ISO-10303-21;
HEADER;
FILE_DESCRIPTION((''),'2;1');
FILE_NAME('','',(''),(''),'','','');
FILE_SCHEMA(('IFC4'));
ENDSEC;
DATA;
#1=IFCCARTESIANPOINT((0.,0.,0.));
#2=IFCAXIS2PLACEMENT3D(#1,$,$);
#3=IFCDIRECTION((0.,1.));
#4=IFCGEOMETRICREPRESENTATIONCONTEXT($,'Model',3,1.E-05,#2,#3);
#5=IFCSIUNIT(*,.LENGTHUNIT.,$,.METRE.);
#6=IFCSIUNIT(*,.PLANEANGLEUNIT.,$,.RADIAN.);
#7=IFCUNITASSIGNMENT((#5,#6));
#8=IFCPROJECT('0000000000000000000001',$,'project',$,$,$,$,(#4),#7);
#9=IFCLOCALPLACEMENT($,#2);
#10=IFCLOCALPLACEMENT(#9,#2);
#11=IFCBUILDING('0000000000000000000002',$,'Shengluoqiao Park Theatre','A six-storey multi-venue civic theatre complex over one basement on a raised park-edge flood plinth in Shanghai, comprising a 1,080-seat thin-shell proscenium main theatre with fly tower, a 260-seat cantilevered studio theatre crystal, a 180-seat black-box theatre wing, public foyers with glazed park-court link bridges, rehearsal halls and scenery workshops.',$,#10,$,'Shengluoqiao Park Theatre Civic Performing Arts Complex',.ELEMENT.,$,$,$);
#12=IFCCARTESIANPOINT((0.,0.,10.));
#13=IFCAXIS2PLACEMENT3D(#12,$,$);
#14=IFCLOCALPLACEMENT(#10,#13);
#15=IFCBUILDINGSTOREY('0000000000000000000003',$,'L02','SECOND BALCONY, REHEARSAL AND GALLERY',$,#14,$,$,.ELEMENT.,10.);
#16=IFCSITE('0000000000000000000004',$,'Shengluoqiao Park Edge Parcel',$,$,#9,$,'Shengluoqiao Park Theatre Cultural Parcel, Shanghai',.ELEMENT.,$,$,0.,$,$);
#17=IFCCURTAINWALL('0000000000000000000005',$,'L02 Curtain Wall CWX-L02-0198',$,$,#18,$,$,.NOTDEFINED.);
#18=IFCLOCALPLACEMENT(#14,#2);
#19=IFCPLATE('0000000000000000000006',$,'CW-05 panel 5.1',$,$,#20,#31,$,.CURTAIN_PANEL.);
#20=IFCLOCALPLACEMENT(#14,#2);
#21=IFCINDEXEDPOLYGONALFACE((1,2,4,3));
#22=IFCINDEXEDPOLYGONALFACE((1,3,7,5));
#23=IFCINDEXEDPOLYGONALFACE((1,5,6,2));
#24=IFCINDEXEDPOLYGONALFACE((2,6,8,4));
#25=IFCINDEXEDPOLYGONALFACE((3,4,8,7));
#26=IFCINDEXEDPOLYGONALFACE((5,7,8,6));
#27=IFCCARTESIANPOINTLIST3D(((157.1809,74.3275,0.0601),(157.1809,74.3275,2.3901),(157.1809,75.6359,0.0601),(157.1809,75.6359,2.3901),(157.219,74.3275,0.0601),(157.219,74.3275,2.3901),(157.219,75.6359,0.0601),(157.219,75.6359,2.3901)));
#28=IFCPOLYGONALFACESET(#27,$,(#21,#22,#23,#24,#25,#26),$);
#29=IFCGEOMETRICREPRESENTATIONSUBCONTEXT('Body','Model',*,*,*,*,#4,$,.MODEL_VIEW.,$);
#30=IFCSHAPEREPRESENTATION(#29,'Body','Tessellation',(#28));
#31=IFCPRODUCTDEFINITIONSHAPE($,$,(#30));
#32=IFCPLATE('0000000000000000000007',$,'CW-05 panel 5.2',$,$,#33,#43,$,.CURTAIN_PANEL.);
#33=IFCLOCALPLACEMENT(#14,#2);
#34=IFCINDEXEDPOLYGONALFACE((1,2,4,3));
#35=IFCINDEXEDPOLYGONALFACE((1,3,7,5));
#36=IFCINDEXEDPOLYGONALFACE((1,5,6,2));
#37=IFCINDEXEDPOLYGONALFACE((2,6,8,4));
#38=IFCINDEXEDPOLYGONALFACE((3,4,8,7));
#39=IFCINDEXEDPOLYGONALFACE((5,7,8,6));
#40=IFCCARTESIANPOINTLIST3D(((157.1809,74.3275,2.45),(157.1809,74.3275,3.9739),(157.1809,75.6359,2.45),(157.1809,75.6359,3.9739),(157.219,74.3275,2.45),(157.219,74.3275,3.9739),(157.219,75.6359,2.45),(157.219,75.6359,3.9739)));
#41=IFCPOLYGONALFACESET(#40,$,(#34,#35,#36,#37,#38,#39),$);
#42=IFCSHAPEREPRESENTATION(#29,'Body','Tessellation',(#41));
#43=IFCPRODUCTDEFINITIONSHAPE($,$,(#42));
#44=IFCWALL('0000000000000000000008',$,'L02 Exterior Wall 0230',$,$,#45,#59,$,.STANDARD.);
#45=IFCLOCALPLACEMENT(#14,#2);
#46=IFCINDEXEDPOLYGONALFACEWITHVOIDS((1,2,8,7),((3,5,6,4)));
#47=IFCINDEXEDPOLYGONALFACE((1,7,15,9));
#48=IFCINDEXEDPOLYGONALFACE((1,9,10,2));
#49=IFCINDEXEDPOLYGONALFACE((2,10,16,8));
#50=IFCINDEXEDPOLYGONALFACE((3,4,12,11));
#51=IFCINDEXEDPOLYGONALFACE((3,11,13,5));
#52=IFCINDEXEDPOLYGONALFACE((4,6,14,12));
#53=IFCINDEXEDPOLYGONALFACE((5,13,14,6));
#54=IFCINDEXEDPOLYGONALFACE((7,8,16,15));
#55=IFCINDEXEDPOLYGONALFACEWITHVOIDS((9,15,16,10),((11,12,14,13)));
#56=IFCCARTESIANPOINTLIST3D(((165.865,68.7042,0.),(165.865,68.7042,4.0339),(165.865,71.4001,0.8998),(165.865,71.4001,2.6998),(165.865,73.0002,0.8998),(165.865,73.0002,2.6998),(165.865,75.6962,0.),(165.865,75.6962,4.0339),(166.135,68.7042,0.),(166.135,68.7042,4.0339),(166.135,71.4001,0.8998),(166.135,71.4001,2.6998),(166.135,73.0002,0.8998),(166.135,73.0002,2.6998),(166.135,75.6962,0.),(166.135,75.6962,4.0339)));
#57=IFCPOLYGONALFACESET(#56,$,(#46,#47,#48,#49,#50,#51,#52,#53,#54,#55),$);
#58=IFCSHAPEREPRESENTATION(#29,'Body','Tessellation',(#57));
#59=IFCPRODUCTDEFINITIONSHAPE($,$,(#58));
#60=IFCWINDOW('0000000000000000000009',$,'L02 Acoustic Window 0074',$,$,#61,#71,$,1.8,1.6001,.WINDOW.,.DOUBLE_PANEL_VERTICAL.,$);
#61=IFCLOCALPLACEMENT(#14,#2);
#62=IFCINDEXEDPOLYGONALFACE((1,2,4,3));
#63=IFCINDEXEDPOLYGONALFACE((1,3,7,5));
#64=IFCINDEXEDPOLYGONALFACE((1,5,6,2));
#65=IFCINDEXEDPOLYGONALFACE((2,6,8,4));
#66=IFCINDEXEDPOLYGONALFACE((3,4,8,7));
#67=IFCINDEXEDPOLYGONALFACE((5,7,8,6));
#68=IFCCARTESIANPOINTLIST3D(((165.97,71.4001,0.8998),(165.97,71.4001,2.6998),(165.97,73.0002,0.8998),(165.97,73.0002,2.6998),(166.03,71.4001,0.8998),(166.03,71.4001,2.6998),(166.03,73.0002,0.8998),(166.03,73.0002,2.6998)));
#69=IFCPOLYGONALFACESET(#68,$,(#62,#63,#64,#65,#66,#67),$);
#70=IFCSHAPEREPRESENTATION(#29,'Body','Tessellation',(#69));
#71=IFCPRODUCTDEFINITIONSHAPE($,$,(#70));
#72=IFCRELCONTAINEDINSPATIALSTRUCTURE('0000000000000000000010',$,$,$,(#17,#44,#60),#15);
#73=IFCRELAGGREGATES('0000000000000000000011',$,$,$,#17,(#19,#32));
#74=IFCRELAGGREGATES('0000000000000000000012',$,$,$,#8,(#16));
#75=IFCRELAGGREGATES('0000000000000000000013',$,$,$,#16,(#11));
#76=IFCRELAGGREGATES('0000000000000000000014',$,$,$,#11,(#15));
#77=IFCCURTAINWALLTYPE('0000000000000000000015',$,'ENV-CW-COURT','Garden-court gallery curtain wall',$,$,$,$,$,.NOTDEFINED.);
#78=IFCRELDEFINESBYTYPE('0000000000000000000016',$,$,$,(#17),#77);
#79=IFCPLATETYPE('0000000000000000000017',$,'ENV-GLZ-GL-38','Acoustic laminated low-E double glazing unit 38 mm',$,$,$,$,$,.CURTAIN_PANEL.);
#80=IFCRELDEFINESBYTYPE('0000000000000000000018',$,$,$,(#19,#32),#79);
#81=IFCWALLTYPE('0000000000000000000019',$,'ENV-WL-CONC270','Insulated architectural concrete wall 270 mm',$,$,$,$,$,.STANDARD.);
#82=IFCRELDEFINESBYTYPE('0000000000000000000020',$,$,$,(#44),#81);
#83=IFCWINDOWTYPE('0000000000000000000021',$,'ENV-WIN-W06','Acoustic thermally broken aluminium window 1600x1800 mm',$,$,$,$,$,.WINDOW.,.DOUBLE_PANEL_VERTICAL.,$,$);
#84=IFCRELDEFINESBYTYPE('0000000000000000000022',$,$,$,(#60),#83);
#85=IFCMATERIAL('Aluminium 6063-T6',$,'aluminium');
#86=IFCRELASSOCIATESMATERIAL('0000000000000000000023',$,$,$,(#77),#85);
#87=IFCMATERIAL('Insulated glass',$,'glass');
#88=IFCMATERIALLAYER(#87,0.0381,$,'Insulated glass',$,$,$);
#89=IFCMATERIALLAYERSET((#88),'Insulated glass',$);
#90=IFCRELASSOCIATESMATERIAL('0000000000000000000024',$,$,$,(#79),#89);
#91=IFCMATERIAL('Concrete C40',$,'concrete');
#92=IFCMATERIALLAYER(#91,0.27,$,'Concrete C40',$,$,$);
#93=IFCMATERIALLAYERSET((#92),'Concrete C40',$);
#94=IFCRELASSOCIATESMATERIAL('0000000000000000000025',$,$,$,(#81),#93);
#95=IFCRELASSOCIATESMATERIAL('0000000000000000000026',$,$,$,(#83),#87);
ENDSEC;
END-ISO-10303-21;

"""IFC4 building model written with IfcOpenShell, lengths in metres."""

from ifc_helpers import new_model, si_unit, direction, frame, frame_2d, origin, origin_2d, place, context, subcontext, project, spatial, rectangle, extrude, material, layer, layer_set, type_object, element, fill, aggregate, save


model = new_model("IFC4")

# Units and contexts
model_context = context("Model", 3, precision=1e-05, world=origin(), true_north=direction((0.0, 1.0)))
body_context = subcontext(model_context, "Body", "Model", "MODEL_VIEW")
ifc_project = project(units=[si_unit("LENGTHUNIT", "METRE"), si_unit("PLANEANGLEUNIT", "RADIAN")], contexts=[model_context])

# Site, building, storey
site_placement = place(None, origin())
site = spatial("IfcSite", under=ifc_project, at=site_placement, Name="Shengluoqiao Park Edge Parcel", LongName="Shengluoqiao Park Theatre Cultural Parcel, Shanghai", CompositionType="ELEMENT", RefElevation=0.0)
building_placement = place(site_placement, origin())
building = spatial("IfcBuilding", under=site, at=building_placement, Name="Shengluoqiao Park Theatre", Description="A six-storey multi-venue civic theatre complex over one basement on a raised park-edge flood plinth in Shanghai, comprising a 1,080-seat thin-shell proscenium main theatre with fly tower, a 260-seat cantilevered studio theatre crystal, a 180-seat black-box theatre wing, public foyers with glazed park-court link bridges, rehearsal halls and scenery workshops.", LongName="Shengluoqiao Park Theatre Civic Performing Arts Complex", CompositionType="ELEMENT")
storey_placement = place(building_placement, frame((0.0, 0.0, 10.0)))
storey = spatial("IfcBuildingStorey", under=building, at=storey_placement, Name="L02", Description="SECOND BALCONY, REHEARSAL AND GALLERY", CompositionType="ELEMENT", Elevation=10.0)

# Shared definitions
ifc_material_1 = material(Name="Concrete C40", Category="concrete")

# Curtain wall
ifc_material_2 = material(Name="Aluminium 6063-T6", Category="aluminium")
curtain_wall_type = type_object("IfcCurtainWallType", Name="ENV-CW-COURT", Description="Garden-court gallery curtain wall", PredefinedType="NOTDEFINED", material=ifc_material_2)
curtain_wall_placement = place(storey_placement, origin())
curtain_wall = element("IfcCurtainWall", 1, at=curtain_wall_placement, inside=storey, type_object=curtain_wall_type, Name="L02 Curtain Wall CWX-L02-0198", PredefinedType="NOTDEFINED")

# Plates
ifc_material_3 = material(Name="Insulated glass", Category="glass")
ifc_layer_1 = layer(ifc_material_3, 0.0381, Name="Insulated glass")
ifc_layer_set_1 = layer_set([ifc_layer_1], Name="Insulated glass")
plate_type = type_object("IfcPlateType", Name="ENV-GLZ-GL-38", Description="Acoustic laminated low-E double glazing unit 38 mm", PredefinedType="CURTAIN_PANEL", material=ifc_layer_set_1)
plate_1_placement = place(storey_placement, frame((157.2, 74.9817, 0.0601), z_axis=(0.0, 0.0, 1.0), x_axis=(0.0, 1.0, 0.0)))
plate_1 = element("IfcPlate", 2, at=plate_1_placement, type_object=plate_type, Name="CW-05 panel 5.1", PredefinedType="CURTAIN_PANEL", context=body_context, shape_type="SweptSolid", body=[
    extrude(rectangle(XDim=1.3083, YDim=0.0381, at=origin_2d()), origin(), (0.0, 0.0, 1.0), 2.3301),
])
plate_2_placement = place(storey_placement, frame((157.2, 74.9817, 2.45), z_axis=(0.0, 0.0, 1.0), x_axis=(0.0, 1.0, 0.0)))
plate_2 = element("IfcPlate", 3, at=plate_2_placement, type_object=plate_type, Name="CW-05 panel 5.2", PredefinedType="CURTAIN_PANEL", context=body_context, shape_type="SweptSolid", body=[
    extrude(rectangle(XDim=1.3083, YDim=0.0381, at=origin_2d()), origin(), (0.0, 0.0, 1.0), 1.5239),
])
aggregate(curtain_wall, [plate_1, plate_2])

# Wall, opening, window
ifc_layer_2 = layer(ifc_material_1, 0.27, Name="Concrete C40")
ifc_layer_set_2 = layer_set([ifc_layer_2], Name="Concrete C40")
wall_type = type_object("IfcWallType", Name="ENV-WL-CONC270", Description="Insulated architectural concrete wall 270 mm", PredefinedType="STANDARD", material=ifc_layer_set_2)
wall_placement = place(storey_placement, frame((166.0, 68.7041, 0.0), z_axis=(0.0, 0.0, 1.0), x_axis=(0.0, 1.0, 0.0)))
wall = element("IfcWall", 4, at=wall_placement, inside=storey, type_object=wall_type, Name="L02 Exterior Wall 0230", PredefinedType="STANDARD", context=body_context, shape_type="SweptSolid", body=[
    extrude(rectangle(XDim=6.9919, YDim=0.27, at=frame_2d((3.4961, 0.0))), origin(), (0.0, 0.0, 1.0), 4.0339),
])
opening_placement = place(wall_placement, frame((2.696, 0.0, 0.8999)))
opening = element("IfcOpeningElement", 5, at=opening_placement, cuts=wall, PredefinedType="OPENING", context=body_context, shape_type="SweptSolid", body=[
    extrude(rectangle(XDim=1.6001, YDim=1.8, at=frame_2d((0.8, 0.8999))), frame((0.0, 0.145, 0.0), z_axis=(0.0, -1.0, 0.0), x_axis=(1.0, 0.0, 0.0)), (0.0, 0.0, 1.0), 0.29),
])
window_type = type_object("IfcWindowType", Name="ENV-WIN-W06", Description="Acoustic thermally broken aluminium window 1600x1800 mm", PartitioningType="DOUBLE_PANEL_VERTICAL", PredefinedType="WINDOW", material=ifc_material_3)
window_placement = place(opening_placement, origin())
window = element("IfcWindow", 6, at=window_placement, inside=storey, type_object=window_type, Name="L02 Acoustic Window 0074", OverallHeight=1.8, OverallWidth=1.6001, PartitioningType="DOUBLE_PANEL_VERTICAL", PredefinedType="WINDOW", context=body_context, shape_type="SweptSolid", body=[
    extrude(rectangle(XDim=1.6001, YDim=1.8, at=frame_2d((0.8, 0.8999))), frame((0.0, 0.03, 0.0), z_axis=(0.0, -1.0, 0.0), x_axis=(1.0, 0.0, 0.0)), (0.0, 0.0, 1.0), 0.0601),
])
fill(opening, window)

save(model, "model.ifc")
